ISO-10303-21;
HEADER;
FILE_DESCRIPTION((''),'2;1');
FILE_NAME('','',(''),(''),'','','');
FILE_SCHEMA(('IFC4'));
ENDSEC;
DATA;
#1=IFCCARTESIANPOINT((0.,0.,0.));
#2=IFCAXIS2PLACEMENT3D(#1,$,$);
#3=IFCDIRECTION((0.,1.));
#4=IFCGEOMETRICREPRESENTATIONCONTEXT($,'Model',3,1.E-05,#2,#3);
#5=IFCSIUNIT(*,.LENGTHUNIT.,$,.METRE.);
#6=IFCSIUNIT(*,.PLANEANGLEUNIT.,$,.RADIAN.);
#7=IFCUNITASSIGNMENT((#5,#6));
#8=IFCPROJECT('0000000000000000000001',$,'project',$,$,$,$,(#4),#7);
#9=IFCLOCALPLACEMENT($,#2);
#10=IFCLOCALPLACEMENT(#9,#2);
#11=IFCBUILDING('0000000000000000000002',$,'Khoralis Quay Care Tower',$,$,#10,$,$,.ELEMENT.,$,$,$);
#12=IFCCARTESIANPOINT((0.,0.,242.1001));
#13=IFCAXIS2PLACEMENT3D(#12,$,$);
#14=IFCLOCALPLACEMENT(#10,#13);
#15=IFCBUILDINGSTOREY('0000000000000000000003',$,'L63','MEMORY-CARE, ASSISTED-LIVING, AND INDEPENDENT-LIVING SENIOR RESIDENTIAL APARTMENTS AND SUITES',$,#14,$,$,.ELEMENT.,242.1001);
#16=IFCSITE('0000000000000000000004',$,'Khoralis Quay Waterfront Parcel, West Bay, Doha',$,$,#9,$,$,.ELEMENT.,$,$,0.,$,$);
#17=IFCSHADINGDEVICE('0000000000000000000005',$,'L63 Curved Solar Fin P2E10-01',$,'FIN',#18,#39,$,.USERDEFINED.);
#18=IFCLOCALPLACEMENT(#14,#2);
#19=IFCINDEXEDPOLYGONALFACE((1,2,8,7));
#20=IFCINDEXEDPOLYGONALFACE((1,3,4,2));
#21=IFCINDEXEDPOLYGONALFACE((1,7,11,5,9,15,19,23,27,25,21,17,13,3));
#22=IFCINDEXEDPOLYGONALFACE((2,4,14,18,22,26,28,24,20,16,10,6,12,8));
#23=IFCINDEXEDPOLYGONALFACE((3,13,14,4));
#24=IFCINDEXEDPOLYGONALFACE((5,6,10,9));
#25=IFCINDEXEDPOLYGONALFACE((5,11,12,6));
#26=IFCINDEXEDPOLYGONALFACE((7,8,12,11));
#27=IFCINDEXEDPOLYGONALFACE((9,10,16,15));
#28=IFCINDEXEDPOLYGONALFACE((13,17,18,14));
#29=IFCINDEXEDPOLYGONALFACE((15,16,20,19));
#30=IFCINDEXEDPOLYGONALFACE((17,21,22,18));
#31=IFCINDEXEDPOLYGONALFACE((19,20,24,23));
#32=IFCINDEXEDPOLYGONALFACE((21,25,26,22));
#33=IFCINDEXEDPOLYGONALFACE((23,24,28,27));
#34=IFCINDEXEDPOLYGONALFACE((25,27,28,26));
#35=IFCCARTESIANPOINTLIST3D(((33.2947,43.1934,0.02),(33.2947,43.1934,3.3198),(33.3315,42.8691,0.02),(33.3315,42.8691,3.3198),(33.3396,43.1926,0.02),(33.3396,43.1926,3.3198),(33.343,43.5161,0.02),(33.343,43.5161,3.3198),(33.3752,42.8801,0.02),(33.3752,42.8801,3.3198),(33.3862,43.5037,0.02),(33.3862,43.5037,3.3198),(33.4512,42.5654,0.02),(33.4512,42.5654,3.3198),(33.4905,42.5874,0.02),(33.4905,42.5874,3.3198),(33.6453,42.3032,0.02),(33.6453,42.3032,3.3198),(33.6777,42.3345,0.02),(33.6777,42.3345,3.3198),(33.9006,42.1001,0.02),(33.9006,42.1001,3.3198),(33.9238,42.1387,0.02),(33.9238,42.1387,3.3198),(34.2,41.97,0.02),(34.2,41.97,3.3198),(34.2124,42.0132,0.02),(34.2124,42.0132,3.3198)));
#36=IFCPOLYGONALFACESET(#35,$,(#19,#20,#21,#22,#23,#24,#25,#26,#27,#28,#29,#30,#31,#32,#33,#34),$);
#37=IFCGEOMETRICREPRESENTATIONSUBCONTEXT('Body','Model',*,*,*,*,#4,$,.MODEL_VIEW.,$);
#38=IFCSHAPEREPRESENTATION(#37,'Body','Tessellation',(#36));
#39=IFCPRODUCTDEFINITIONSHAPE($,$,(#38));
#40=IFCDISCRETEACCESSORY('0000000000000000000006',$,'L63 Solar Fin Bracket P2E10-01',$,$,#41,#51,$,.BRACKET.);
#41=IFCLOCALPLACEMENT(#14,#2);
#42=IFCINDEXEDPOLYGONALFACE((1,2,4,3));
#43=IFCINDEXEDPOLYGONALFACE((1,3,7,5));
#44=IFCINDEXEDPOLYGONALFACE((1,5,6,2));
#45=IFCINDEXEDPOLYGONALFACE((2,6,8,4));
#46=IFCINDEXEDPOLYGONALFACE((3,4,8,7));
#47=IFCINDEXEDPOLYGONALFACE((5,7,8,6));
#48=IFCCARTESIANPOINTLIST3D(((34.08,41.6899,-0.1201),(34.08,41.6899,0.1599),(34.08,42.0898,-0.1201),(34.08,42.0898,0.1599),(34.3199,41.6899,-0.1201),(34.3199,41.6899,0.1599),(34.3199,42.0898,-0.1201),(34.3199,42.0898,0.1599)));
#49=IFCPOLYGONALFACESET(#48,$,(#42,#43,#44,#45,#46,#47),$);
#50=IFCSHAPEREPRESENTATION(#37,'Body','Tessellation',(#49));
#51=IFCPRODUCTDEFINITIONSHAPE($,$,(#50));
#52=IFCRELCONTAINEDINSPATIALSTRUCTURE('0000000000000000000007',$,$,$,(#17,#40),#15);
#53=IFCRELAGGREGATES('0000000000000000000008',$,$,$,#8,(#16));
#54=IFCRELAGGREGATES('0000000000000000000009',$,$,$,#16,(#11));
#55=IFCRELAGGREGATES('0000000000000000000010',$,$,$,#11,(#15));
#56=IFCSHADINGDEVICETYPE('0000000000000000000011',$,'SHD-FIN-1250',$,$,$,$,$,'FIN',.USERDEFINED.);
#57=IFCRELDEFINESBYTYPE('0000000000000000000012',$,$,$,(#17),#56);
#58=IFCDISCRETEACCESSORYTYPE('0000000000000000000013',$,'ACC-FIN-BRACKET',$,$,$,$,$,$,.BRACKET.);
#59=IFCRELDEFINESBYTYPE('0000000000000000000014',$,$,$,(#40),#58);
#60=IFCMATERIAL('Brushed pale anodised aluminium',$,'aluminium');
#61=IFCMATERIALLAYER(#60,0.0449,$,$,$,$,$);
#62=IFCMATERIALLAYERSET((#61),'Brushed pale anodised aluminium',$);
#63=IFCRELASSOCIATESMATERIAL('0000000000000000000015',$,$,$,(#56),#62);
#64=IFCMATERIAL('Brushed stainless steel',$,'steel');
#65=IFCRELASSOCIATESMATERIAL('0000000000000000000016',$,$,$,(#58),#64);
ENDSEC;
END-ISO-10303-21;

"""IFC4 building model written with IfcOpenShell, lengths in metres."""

from ifc_helpers import new_model, si_unit, direction, frame, origin, origin_2d, place, context, subcontext, project, spatial, polyline, rectangle, outline, extrude, source, transform, mapped, material, layer, layer_set, type_object, element, save


model = new_model("IFC4")

# Units and contexts
model_context = context("Model", 3, precision=1e-05, world=origin(), true_north=direction((0.0, 1.0)))
body_context = subcontext(model_context, "Body", "Model", "MODEL_VIEW")
ifc_project = project(units=[si_unit("LENGTHUNIT", "METRE"), si_unit("PLANEANGLEUNIT", "RADIAN")], contexts=[model_context])

# Site, building, storey
site_placement = place(None, origin())
site = spatial("IfcSite", under=ifc_project, at=site_placement, Name="Khoralis Quay Waterfront Parcel, West Bay, Doha", CompositionType="ELEMENT", RefElevation=0.0)
building_placement = place(site_placement, origin())
building = spatial("IfcBuilding", under=site, at=building_placement, Name="Khoralis Quay Care Tower", CompositionType="ELEMENT")
storey_placement = place(building_placement, frame((0.0, 0.0, 242.1001)))
storey = spatial("IfcBuildingStorey", under=building, at=storey_placement, Name="L63", Description="MEMORY-CARE, ASSISTED-LIVING, AND INDEPENDENT-LIVING SENIOR RESIDENTIAL APARTMENTS AND SUITES", CompositionType="ELEMENT", Elevation=242.1001)

# Shading device
ifc_material_1 = material(Name="Brushed pale anodised aluminium", Category="aluminium")
ifc_layer_1 = layer(ifc_material_1, 0.0449)
ifc_layer_set_1 = layer_set([ifc_layer_1], Name="Brushed pale anodised aluminium")
shading_device_type = type_object("IfcShadingDeviceType", Name="SHD-FIN-1250", ElementType="FIN", PredefinedType="USERDEFINED", material=ifc_layer_set_1)
shared_shape_1 = source(origin(), body_context, "Body", "SweptSolid", [
    extrude(outline(polyline([(0.0, 0.0), (0.1301, 0.2993), (0.3333, 0.5547), (0.5955, 0.7488), (0.8992, 0.8684), (1.2234, 0.9053), (1.5461, 0.8569), (1.5337, 0.8137), (1.2227, 0.8604), (0.9102, 0.8247), (0.6174, 0.7095), (0.3645, 0.5222), (0.1687, 0.2761), (0.0432, -0.0125), (0.0, 0.0)])), origin(), (0.0, 0.0, 1.0), 3.2998),
])
shading_device_placement = place(storey_placement, frame((34.2, 41.97, 0.02), z_axis=(0.0, 0.0, 1.0), x_axis=(0.0, 1.0, 0.0)))
element("IfcShadingDevice", 1, at=shading_device_placement, inside=storey, type_object=shading_device_type, Name="L63 Curved Solar Fin P2E10-01", ObjectType="FIN", PredefinedType="USERDEFINED", context=body_context, shape_type="MappedRepresentation", body=[
    mapped(shared_shape_1, transform((0.0, 0.0, 0.0), scale=1.0)),
])

# Discrete accessory
ifc_material_2 = material(Name="Brushed stainless steel", Category="steel")
discrete_accessory_type = type_object("IfcDiscreteAccessoryType", Name="ACC-FIN-BRACKET", PredefinedType="BRACKET", material=ifc_material_2)
shared_shape_2 = source(origin(), body_context, "Body", "SweptSolid", [
    extrude(rectangle(XDim=0.3999, YDim=0.24, at=origin_2d()), origin(), (0.0, 0.0, 1.0), 0.28),
])
discrete_accessory_placement = place(storey_placement, frame((34.2, 41.8899, -0.1201), z_axis=(0.0, 0.0, 1.0), x_axis=(0.0, 1.0, 0.0)))
element("IfcDiscreteAccessory", 2, at=discrete_accessory_placement, inside=storey, type_object=discrete_accessory_type, Name="L63 Solar Fin Bracket P2E10-01", PredefinedType="BRACKET", context=body_context, shape_type="MappedRepresentation", body=[
    mapped(shared_shape_2, transform((0.0, 0.0, 0.0), scale=1.0)),
])

save(model, "model.ifc")
